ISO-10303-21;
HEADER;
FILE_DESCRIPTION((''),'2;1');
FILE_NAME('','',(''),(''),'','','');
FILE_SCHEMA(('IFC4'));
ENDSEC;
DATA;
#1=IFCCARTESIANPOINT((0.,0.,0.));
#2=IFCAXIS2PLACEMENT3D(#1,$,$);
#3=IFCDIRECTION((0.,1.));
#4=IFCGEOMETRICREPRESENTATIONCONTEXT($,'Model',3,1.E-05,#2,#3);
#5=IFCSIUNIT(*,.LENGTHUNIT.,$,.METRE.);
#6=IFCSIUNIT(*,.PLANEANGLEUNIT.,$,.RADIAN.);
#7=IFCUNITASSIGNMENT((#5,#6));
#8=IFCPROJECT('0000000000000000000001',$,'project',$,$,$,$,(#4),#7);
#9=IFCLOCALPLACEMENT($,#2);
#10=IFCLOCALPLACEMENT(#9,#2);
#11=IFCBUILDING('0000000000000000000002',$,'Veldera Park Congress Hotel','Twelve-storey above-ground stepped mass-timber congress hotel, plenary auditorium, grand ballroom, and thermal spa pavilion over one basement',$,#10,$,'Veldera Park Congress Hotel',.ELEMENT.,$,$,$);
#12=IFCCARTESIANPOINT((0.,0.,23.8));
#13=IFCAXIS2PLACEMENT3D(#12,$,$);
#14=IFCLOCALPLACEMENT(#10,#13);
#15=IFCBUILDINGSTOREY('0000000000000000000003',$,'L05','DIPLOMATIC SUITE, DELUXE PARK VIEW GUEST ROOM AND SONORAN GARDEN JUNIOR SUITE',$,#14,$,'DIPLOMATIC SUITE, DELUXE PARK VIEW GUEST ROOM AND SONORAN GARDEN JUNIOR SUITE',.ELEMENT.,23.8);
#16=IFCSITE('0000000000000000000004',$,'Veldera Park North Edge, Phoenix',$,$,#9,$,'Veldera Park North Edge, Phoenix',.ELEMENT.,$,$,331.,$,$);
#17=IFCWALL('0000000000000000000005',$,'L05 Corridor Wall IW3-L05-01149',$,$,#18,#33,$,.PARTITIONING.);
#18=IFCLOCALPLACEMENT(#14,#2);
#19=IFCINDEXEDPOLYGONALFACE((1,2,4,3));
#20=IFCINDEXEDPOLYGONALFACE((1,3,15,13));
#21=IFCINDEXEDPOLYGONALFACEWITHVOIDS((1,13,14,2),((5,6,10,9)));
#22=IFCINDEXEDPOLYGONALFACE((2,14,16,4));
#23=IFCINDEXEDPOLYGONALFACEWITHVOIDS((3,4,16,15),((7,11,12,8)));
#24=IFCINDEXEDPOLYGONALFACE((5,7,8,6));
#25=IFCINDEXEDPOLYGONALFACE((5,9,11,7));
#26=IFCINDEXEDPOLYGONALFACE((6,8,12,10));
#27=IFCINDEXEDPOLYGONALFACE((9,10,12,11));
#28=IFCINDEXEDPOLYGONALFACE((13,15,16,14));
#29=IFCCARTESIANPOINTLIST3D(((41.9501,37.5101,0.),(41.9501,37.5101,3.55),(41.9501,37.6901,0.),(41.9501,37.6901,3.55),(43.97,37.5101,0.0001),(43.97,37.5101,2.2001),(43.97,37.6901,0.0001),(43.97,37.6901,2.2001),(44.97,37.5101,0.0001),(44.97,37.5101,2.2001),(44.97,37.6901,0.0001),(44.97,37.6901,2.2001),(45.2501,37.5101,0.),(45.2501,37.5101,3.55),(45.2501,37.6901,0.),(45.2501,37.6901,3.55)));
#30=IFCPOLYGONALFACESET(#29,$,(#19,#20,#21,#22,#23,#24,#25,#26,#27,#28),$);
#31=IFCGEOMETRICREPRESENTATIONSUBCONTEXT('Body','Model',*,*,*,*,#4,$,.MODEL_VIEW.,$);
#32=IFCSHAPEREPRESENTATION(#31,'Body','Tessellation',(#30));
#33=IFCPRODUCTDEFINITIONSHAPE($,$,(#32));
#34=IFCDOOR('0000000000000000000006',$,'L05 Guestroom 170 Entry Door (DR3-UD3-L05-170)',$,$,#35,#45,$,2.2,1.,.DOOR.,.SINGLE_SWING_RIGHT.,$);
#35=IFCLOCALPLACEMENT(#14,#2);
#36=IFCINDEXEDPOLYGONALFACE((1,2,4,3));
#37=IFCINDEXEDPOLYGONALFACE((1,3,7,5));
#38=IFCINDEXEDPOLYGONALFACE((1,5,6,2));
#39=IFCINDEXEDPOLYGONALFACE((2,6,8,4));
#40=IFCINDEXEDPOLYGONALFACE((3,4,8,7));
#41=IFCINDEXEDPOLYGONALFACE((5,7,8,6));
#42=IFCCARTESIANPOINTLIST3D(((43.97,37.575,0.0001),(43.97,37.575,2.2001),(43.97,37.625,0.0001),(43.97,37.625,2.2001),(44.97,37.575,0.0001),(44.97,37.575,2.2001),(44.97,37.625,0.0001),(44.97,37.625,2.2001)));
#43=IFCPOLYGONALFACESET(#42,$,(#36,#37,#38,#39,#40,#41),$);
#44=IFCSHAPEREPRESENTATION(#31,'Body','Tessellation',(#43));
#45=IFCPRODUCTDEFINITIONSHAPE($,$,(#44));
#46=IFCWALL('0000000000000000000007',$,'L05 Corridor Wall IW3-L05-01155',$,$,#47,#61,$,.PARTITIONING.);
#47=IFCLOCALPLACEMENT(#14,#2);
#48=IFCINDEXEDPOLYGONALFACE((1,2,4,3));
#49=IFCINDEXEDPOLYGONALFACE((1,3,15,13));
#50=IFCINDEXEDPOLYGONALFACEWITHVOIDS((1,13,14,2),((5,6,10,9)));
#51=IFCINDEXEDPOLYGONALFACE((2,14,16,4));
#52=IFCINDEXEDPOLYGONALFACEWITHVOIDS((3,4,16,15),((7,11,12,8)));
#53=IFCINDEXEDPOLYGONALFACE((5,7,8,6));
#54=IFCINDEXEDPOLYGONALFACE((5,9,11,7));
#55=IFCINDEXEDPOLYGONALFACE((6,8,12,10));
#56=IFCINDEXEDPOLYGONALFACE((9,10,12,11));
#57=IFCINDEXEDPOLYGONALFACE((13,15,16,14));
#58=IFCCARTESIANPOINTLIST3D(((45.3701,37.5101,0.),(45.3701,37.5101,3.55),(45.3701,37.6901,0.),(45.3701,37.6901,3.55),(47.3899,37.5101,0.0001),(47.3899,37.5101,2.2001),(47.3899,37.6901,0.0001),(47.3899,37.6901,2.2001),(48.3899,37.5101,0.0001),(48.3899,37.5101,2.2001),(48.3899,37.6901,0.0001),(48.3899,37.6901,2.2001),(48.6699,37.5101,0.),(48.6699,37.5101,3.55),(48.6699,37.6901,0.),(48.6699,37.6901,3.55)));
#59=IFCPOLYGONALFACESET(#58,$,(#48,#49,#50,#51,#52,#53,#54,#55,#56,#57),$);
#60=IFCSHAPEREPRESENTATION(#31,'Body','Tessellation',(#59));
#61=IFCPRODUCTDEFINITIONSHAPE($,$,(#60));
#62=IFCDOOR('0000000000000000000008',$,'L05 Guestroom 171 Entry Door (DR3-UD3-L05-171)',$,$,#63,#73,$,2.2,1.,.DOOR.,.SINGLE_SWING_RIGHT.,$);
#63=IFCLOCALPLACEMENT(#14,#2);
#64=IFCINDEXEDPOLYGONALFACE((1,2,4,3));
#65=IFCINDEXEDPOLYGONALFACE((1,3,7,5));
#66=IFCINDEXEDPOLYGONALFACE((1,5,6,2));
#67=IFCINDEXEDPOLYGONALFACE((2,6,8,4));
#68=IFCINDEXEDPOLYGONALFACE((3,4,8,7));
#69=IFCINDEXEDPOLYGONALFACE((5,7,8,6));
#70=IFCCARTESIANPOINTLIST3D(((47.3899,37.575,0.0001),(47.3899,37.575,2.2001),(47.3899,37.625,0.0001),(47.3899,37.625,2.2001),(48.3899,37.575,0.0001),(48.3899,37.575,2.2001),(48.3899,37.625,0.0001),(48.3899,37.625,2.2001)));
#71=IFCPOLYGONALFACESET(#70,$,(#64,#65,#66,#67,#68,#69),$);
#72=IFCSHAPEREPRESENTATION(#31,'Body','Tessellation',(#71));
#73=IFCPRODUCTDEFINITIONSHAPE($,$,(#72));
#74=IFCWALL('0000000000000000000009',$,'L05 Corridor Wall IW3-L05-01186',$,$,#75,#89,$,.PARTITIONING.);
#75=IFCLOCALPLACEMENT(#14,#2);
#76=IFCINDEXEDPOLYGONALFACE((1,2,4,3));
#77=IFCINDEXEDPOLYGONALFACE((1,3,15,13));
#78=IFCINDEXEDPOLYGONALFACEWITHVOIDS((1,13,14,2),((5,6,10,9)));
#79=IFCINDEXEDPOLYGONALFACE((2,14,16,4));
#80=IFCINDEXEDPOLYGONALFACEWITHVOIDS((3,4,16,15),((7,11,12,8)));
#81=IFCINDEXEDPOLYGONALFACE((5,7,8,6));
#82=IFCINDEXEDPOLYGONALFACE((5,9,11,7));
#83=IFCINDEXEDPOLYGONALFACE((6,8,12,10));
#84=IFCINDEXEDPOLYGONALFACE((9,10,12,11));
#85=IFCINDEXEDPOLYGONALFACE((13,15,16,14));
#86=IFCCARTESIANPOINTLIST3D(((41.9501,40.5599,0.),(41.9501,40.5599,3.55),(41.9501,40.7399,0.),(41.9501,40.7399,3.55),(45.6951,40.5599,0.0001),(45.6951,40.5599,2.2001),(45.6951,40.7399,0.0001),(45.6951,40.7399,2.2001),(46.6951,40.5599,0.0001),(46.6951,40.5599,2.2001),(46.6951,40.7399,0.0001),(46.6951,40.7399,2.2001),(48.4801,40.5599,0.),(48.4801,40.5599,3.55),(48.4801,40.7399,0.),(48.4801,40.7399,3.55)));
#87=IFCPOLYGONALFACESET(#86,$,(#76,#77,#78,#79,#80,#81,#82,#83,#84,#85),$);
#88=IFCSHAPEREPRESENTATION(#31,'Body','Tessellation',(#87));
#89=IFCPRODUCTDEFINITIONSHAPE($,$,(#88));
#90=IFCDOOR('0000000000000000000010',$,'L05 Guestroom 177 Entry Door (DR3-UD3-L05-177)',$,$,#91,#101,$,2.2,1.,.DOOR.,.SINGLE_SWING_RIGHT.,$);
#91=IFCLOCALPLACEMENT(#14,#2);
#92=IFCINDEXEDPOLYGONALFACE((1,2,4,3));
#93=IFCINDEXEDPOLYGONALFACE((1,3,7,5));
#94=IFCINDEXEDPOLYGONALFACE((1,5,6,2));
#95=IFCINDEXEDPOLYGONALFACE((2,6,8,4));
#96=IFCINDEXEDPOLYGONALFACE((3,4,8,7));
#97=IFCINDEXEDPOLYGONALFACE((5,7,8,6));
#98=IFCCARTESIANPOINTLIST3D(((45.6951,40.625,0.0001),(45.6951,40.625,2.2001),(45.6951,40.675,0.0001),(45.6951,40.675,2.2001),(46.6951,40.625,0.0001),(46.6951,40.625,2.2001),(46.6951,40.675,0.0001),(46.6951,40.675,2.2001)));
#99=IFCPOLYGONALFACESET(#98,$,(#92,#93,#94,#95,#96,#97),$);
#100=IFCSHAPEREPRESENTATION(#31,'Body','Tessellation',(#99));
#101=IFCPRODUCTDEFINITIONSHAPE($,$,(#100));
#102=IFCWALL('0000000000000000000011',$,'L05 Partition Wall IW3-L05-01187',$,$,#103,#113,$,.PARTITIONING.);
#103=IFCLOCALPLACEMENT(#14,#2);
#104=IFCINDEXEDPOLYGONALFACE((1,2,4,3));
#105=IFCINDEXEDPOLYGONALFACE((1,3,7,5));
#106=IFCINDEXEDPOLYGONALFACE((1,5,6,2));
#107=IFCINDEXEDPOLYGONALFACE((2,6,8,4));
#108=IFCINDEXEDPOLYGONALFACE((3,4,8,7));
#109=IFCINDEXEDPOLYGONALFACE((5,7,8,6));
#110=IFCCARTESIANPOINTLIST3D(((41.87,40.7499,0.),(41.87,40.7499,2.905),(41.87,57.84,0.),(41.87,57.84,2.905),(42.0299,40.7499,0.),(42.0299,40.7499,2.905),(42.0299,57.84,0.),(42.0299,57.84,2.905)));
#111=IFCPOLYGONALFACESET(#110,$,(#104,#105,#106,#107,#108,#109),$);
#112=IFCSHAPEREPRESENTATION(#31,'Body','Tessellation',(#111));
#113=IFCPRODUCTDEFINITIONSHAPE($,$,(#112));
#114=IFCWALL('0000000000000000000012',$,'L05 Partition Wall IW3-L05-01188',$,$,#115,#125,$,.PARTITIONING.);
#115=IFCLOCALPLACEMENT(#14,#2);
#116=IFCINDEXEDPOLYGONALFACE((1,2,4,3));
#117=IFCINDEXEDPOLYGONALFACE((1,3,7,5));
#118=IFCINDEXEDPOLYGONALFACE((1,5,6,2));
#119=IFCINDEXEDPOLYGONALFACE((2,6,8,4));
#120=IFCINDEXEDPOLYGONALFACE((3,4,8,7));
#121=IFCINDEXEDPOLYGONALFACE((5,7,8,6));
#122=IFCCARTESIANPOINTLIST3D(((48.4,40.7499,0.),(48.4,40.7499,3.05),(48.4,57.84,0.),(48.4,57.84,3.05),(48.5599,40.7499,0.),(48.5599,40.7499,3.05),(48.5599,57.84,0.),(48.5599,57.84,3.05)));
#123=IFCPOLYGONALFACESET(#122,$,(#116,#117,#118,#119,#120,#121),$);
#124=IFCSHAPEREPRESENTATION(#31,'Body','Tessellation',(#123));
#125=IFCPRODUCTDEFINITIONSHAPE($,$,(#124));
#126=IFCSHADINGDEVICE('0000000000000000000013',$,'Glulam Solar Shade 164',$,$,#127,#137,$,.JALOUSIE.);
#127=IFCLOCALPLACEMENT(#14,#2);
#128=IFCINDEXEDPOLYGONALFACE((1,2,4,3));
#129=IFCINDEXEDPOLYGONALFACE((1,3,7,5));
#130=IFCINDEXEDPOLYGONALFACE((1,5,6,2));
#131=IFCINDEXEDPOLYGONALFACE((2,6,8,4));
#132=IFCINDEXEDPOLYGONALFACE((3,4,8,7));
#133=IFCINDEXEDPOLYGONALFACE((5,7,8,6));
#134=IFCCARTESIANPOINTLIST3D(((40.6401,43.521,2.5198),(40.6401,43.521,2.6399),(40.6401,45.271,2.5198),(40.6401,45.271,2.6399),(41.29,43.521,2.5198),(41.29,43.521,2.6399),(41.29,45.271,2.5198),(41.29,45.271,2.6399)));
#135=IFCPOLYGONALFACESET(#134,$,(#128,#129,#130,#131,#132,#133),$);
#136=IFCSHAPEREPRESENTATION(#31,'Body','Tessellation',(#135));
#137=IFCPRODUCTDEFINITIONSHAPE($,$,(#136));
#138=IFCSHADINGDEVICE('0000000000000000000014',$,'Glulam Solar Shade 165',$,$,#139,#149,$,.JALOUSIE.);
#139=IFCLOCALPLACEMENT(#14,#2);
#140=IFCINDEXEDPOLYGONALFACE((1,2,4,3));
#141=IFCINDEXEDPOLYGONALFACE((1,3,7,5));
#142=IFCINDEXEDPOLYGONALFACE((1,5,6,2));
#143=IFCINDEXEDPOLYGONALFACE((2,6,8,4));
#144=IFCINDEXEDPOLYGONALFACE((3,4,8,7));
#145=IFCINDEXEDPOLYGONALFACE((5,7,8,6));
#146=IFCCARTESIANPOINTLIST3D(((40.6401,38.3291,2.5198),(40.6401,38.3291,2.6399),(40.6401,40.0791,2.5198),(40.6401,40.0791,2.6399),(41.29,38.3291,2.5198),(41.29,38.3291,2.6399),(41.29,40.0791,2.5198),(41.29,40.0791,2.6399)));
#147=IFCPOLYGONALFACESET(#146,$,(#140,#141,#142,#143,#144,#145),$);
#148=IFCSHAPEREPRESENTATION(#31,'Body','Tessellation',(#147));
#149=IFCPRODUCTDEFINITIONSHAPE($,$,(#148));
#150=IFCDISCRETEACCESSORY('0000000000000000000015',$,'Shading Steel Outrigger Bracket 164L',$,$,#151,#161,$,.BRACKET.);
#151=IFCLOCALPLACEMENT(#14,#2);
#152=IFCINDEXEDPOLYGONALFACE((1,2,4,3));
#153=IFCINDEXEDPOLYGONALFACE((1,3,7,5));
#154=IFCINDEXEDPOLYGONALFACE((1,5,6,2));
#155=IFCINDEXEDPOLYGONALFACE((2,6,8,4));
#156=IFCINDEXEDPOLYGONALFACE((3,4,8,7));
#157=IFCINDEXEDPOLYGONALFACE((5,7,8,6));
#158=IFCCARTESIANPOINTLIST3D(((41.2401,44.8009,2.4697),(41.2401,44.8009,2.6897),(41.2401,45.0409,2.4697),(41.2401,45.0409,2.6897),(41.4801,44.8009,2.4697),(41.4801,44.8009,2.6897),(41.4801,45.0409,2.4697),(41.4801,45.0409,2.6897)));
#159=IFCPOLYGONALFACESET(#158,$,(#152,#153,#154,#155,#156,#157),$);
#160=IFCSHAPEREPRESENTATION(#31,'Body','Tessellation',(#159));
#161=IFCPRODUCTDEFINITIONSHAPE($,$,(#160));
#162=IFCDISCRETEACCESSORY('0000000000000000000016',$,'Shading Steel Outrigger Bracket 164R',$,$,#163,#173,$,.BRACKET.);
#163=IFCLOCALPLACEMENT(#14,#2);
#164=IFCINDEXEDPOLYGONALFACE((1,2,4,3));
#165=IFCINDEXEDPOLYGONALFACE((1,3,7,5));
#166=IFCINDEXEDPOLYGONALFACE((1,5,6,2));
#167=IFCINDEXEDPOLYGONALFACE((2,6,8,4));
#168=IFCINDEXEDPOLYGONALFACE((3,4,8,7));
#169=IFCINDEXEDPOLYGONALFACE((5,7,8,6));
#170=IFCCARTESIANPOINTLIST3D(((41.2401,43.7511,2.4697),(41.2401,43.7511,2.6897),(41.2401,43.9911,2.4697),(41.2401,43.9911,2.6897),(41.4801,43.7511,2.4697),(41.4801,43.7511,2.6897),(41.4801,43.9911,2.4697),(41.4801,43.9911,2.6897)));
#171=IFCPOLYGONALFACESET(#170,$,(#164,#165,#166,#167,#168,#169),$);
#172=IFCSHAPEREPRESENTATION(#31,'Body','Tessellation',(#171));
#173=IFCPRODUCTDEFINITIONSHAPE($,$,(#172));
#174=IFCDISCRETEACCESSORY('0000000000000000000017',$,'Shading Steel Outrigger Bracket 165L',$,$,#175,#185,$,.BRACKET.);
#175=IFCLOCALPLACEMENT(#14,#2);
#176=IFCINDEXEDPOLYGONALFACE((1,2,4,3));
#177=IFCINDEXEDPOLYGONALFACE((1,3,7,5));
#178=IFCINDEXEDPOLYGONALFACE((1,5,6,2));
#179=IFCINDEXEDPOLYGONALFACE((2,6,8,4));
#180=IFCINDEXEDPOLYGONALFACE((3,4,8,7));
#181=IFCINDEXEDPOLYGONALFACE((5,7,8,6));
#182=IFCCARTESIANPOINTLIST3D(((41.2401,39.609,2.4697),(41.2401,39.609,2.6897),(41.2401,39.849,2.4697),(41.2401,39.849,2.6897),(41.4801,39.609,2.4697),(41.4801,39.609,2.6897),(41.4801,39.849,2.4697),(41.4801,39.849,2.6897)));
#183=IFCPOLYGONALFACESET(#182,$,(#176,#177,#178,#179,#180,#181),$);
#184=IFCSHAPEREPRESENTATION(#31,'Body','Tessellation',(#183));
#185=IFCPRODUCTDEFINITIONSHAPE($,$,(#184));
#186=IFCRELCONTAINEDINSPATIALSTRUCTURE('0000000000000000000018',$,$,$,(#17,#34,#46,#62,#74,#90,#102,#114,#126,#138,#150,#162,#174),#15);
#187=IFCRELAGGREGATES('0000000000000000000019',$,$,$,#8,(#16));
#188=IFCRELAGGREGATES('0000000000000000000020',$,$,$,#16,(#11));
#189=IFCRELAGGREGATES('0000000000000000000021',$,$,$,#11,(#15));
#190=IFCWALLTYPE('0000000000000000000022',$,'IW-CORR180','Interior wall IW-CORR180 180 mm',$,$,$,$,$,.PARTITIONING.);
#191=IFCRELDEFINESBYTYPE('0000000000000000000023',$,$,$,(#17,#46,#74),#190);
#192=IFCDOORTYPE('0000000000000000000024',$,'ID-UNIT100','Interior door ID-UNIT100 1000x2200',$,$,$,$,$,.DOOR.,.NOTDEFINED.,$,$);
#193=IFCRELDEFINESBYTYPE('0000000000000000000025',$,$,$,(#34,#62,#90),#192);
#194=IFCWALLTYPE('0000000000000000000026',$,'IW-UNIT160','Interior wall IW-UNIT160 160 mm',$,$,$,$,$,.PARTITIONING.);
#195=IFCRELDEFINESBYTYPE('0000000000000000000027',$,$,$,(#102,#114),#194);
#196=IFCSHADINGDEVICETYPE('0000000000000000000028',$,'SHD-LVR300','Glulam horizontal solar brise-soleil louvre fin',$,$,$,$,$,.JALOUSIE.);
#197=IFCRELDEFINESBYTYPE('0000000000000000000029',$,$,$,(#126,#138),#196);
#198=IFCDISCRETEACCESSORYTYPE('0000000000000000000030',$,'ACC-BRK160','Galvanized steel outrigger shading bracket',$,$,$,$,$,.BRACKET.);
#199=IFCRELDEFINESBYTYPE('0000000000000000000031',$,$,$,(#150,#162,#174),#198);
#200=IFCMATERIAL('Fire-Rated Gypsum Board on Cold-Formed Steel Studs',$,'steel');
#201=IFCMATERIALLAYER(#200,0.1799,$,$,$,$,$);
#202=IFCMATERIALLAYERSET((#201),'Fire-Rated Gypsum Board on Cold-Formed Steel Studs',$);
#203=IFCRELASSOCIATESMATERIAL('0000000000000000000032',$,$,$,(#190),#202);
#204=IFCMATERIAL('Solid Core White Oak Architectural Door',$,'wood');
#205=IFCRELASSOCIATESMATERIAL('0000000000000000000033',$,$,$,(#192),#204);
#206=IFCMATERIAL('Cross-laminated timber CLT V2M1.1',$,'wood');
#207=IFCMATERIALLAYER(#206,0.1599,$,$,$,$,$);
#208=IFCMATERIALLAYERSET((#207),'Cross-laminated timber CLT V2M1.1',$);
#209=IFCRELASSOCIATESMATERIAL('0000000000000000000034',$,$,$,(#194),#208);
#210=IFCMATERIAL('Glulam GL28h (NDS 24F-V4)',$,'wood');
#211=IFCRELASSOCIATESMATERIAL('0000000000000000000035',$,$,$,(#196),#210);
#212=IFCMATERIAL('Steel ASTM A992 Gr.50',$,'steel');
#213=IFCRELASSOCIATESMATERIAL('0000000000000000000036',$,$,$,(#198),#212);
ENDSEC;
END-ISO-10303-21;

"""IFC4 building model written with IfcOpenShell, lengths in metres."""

from ifc_helpers import new_model, si_unit, direction, frame, frame_2d, origin, origin_2d, place, context, subcontext, project, spatial, rectangle, extrude, material, layer, layer_set, type_object, element, fill, save


model = new_model("IFC4")

# Units and contexts
model_context = context("Model", 3, precision=1e-05, world=origin(), true_north=direction((0.0, 1.0)))
body_context = subcontext(model_context, "Body", "Model", "MODEL_VIEW")
ifc_project = project(units=[si_unit("LENGTHUNIT", "METRE"), si_unit("PLANEANGLEUNIT", "RADIAN")], contexts=[model_context])

# Site, building, storey
site_placement = place(None, origin())
site = spatial("IfcSite", under=ifc_project, at=site_placement, Name="Veldera Park North Edge, Phoenix", LongName="Veldera Park North Edge, Phoenix", CompositionType="ELEMENT", RefElevation=331.0)
building_placement = place(site_placement, origin())
building = spatial("IfcBuilding", under=site, at=building_placement, Name="Veldera Park Congress Hotel", Description="Twelve-storey above-ground stepped mass-timber congress hotel, plenary auditorium, grand ballroom, and thermal spa pavilion over one basement", LongName="Veldera Park Congress Hotel", CompositionType="ELEMENT")
storey_placement = place(building_placement, frame((0.0, 0.0, 23.8)))
storey = spatial("IfcBuildingStorey", under=building, at=storey_placement, Name="L05", Description="DIPLOMATIC SUITE, DELUXE PARK VIEW GUEST ROOM AND SONORAN GARDEN JUNIOR SUITE", LongName="DIPLOMATIC SUITE, DELUXE PARK VIEW GUEST ROOM AND SONORAN GARDEN JUNIOR SUITE", CompositionType="ELEMENT", Elevation=23.8)

# Shared definitions
ifc_material_1 = material(Name="Glulam GL28h (NDS 24F-V4)", Category="wood")

# Shared definitions
ifc_material_2 = material(Name="Cross-laminated timber CLT V2M1.1", Category="wood")

# Shared definitions
ifc_material_3 = material(Name="Fire-Rated Gypsum Board on Cold-Formed Steel Studs", Category="steel")
ifc_material_4 = material(Name="Solid Core White Oak Architectural Door", Category="wood")

# Walls, openings, doors
ifc_layer_1 = layer(ifc_material_3, 0.1799)
ifc_layer_set_1 = layer_set([ifc_layer_1], Name="Fire-Rated Gypsum Board on Cold-Formed Steel Studs")
wall_type_1 = type_object("IfcWallType", Name="IW-CORR180", Description="Interior wall IW-CORR180 180 mm", PredefinedType="PARTITIONING", material=ifc_layer_set_1)
wall_1_placement = place(storey_placement, frame((45.25, 37.6001, 0.0), z_axis=(0.0, 0.0, 1.0), x_axis=(-1.0, 0.0, 0.0)))
wall_1 = element("IfcWall", 1, at=wall_1_placement, inside=storey, type_object=wall_type_1, Name="L05 Corridor Wall IW3-L05-01149", PredefinedType="PARTITIONING", context=body_context, shape_type="SweptSolid", body=[
    extrude(rectangle(XDim=3.3, YDim=0.1799, at=frame_2d((1.6499, 0.0))), origin(), (0.0, 0.0, 1.0), 3.55),
])
opening_1_placement = place(wall_1_placement, frame((0.28, 0.0, 0.0)))
opening_1 = element("IfcOpeningElement", 2, at=opening_1_placement, cuts=wall_1, PredefinedType="OPENING", context=body_context, shape_type="SweptSolid", body=[
    extrude(rectangle(XDim=1.0, YDim=2.2, at=frame_2d((0.5, 1.1001))), frame((0.0, 0.1021, 0.0), z_axis=(0.0, -1.0, 0.0), x_axis=(1.0, 0.0, 0.0)), (0.0, 0.0, 1.0), 0.2039),
])
door_type_1 = type_object("IfcDoorType", Name="ID-UNIT100", Description="Interior door ID-UNIT100 1000x2200", OperationType="NOTDEFINED", PredefinedType="DOOR", material=ifc_material_4)
door_1_placement = place(opening_1_placement, frame((1.0, 0.0, 0.0), z_axis=(0.0, 0.0, 1.0), x_axis=(-1.0, 0.0, 0.0)))
door_1 = element("IfcDoor", 3, at=door_1_placement, inside=storey, type_object=door_type_1, Name="L05 Guestroom 170 Entry Door (DR3-UD3-L05-170)", OperationType="SINGLE_SWING_RIGHT", OverallHeight=2.2, OverallWidth=1.0, PredefinedType="DOOR", context=body_context, shape_type="SweptSolid", body=[
    extrude(rectangle(XDim=1.0, YDim=2.2, at=frame_2d((0.5, 1.1001))), frame((0.0, 0.0249, 0.0), z_axis=(0.0, -1.0, 0.0), x_axis=(1.0, 0.0, 0.0)), (0.0, 0.0, 1.0), 0.05),
])
fill(opening_1, door_1)
wall_2_placement = place(storey_placement, frame((48.6699, 37.6001, 0.0), z_axis=(0.0, 0.0, 1.0), x_axis=(-1.0, 0.0, 0.0)))
wall_2 = element("IfcWall", 4, at=wall_2_placement, inside=storey, type_object=wall_type_1, Name="L05 Corridor Wall IW3-L05-01155", PredefinedType="PARTITIONING", context=body_context, shape_type="SweptSolid", body=[
    extrude(rectangle(XDim=3.2998, YDim=0.1799, at=frame_2d((1.6499, 0.0))), origin(), (0.0, 0.0, 1.0), 3.55),
])
opening_2_placement = place(wall_2_placement, frame((0.28, 0.0, 0.0)))
opening_2 = element("IfcOpeningElement", 5, at=opening_2_placement, cuts=wall_2, PredefinedType="OPENING", context=body_context, shape_type="SweptSolid", body=[
    extrude(rectangle(XDim=1.0, YDim=2.2, at=frame_2d((0.5, 1.1001))), frame((0.0, 0.1021, 0.0), z_axis=(0.0, -1.0, 0.0), x_axis=(1.0, 0.0, 0.0)), (0.0, 0.0, 1.0), 0.2039),
])
door_2_placement = place(opening_2_placement, frame((1.0, 0.0, 0.0), z_axis=(0.0, 0.0, 1.0), x_axis=(-1.0, 0.0, 0.0)))
door_2 = element("IfcDoor", 6, at=door_2_placement, inside=storey, type_object=door_type_1, Name="L05 Guestroom 171 Entry Door (DR3-UD3-L05-171)", OperationType="SINGLE_SWING_RIGHT", OverallHeight=2.2, OverallWidth=1.0, PredefinedType="DOOR", context=body_context, shape_type="SweptSolid", body=[
    extrude(rectangle(XDim=1.0, YDim=2.2, at=frame_2d((0.5, 1.1001))), frame((0.0, 0.0249, 0.0), z_axis=(0.0, -1.0, 0.0), x_axis=(1.0, 0.0, 0.0)), (0.0, 0.0, 1.0), 0.05),
])
fill(opening_2, door_2)
wall_3_placement = place(storey_placement, frame((41.95, 40.6499, 0.0), z_axis=(0.0, 0.0, 1.0), x_axis=(1.0, 0.0, 0.0)))
wall_3 = element("IfcWall", 7, at=wall_3_placement, inside=storey, type_object=wall_type_1, Name="L05 Corridor Wall IW3-L05-01186", PredefinedType="PARTITIONING", context=body_context, shape_type="SweptSolid", body=[
    extrude(rectangle(XDim=6.53, YDim=0.1799, at=frame_2d((3.2651, 0.0))), origin(), (0.0, 0.0, 1.0), 3.55),
])
opening_3_placement = place(wall_3_placement, frame((3.7451, 0.0, 0.0)))
opening_3 = element("IfcOpeningElement", 8, at=opening_3_placement, cuts=wall_3, PredefinedType="OPENING", context=body_context, shape_type="SweptSolid", body=[
    extrude(rectangle(XDim=1.0, YDim=2.2, at=frame_2d((0.5, 1.1001))), frame((0.0, 0.1021, 0.0), z_axis=(0.0, -1.0, 0.0), x_axis=(1.0, 0.0, 0.0)), (0.0, 0.0, 1.0), 0.2039),
])
door_3_placement = place(opening_3_placement, frame((1.0, 0.0, 0.0), z_axis=(0.0, 0.0, 1.0), x_axis=(-1.0, 0.0, 0.0)))
door_3 = element("IfcDoor", 9, at=door_3_placement, inside=storey, type_object=door_type_1, Name="L05 Guestroom 177 Entry Door (DR3-UD3-L05-177)", OperationType="SINGLE_SWING_RIGHT", OverallHeight=2.2, OverallWidth=1.0, PredefinedType="DOOR", context=body_context, shape_type="SweptSolid", body=[
    extrude(rectangle(XDim=1.0, YDim=2.2, at=frame_2d((0.5, 1.1001))), frame((0.0, 0.0249, 0.0), z_axis=(0.0, -1.0, 0.0), x_axis=(1.0, 0.0, 0.0)), (0.0, 0.0, 1.0), 0.05),
])
fill(opening_3, door_3)

# Walls
ifc_layer_2 = layer(ifc_material_2, 0.1599)
ifc_layer_set_2 = layer_set([ifc_layer_2], Name="Cross-laminated timber CLT V2M1.1")
wall_type_2 = type_object("IfcWallType", Name="IW-UNIT160", Description="Interior wall IW-UNIT160 160 mm", PredefinedType="PARTITIONING", material=ifc_layer_set_2)
wall_4_placement = place(storey_placement, frame((41.95, 40.75, 0.0), z_axis=(0.0, 0.0, 1.0), x_axis=(0.0, 1.0, 0.0)))
element("IfcWall", 10, at=wall_4_placement, inside=storey, type_object=wall_type_2, Name="L05 Partition Wall IW3-L05-01187", PredefinedType="PARTITIONING", context=body_context, shape_type="SweptSolid", body=[
    extrude(rectangle(XDim=17.0901, YDim=0.1599, at=frame_2d((8.5449, 0.0))), origin(), (0.0, 0.0, 1.0), 2.905),
])
wall_5_placement = place(storey_placement, frame((48.48, 40.75, 0.0), z_axis=(0.0, 0.0, 1.0), x_axis=(0.0, 1.0, 0.0)))
element("IfcWall", 11, at=wall_5_placement, inside=storey, type_object=wall_type_2, Name="L05 Partition Wall IW3-L05-01188", PredefinedType="PARTITIONING", context=body_context, shape_type="SweptSolid", body=[
    extrude(rectangle(XDim=17.0901, YDim=0.1599, at=frame_2d((8.5449, 0.0))), origin(), (0.0, 0.0, 1.0), 3.05),
])

# Shading devices
shading_device_type = type_object("IfcShadingDeviceType", Name="SHD-LVR300", Description="Glulam horizontal solar brise-soleil louvre fin", PredefinedType="JALOUSIE", material=ifc_material_1)
for number, where, z_axis, x_axis, name in (
    (12, (40.9651, 44.396, 2.5198), (0.0, 0.0, 1.0), (0.0, -1.0, 0.0), "Glulam Solar Shade 164"),
    (13, (40.9651, 39.2041, 2.5198), (0.0, 0.0, 1.0), (0.0, -1.0, 0.0), "Glulam Solar Shade 165"),
):
    element("IfcShadingDevice", number, at=place(storey_placement, frame(where, z_axis=z_axis, x_axis=x_axis)), inside=storey, type_object=shading_device_type, Name=name, PredefinedType="JALOUSIE", context=body_context, shape_type="SweptSolid", body=[
        extrude(rectangle(XDim=1.75, YDim=0.6499, at=origin_2d()), origin(), (0.0, 0.0, 1.0), 0.1201),
    ])

# Discrete accessories
ifc_material_5 = material(Name="Steel ASTM A992 Gr.50", Category="steel")
discrete_accessory_type = type_object("IfcDiscreteAccessoryType", Name="ACC-BRK160", Description="Galvanized steel outrigger shading bracket", PredefinedType="BRACKET", material=ifc_material_5)
for number, where, z_axis, x_axis, name in (
    (14, (41.3601, 44.9209, 2.4697), (0.0, 0.0, 1.0), (0.0, -1.0, 0.0), "Shading Steel Outrigger Bracket 164L"),
    (15, (41.3601, 43.8711, 2.4697), (0.0, 0.0, 1.0), (0.0, -1.0, 0.0), "Shading Steel Outrigger Bracket 164R"),
    (16, (41.3601, 39.729, 2.4697), (0.0, 0.0, 1.0), (0.0, -1.0, 0.0), "Shading Steel Outrigger Bracket 165L"),
):
    element("IfcDiscreteAccessory", number, at=place(storey_placement, frame(where, z_axis=z_axis, x_axis=x_axis)), inside=storey, type_object=discrete_accessory_type, Name=name, PredefinedType="BRACKET", context=body_context, shape_type="SweptSolid", body=[
        extrude(rectangle(XDim=0.24, YDim=0.24, at=origin_2d()), origin(), (0.0, 0.0, 1.0), 0.22),
    ])

save(model, "model.ifc")
